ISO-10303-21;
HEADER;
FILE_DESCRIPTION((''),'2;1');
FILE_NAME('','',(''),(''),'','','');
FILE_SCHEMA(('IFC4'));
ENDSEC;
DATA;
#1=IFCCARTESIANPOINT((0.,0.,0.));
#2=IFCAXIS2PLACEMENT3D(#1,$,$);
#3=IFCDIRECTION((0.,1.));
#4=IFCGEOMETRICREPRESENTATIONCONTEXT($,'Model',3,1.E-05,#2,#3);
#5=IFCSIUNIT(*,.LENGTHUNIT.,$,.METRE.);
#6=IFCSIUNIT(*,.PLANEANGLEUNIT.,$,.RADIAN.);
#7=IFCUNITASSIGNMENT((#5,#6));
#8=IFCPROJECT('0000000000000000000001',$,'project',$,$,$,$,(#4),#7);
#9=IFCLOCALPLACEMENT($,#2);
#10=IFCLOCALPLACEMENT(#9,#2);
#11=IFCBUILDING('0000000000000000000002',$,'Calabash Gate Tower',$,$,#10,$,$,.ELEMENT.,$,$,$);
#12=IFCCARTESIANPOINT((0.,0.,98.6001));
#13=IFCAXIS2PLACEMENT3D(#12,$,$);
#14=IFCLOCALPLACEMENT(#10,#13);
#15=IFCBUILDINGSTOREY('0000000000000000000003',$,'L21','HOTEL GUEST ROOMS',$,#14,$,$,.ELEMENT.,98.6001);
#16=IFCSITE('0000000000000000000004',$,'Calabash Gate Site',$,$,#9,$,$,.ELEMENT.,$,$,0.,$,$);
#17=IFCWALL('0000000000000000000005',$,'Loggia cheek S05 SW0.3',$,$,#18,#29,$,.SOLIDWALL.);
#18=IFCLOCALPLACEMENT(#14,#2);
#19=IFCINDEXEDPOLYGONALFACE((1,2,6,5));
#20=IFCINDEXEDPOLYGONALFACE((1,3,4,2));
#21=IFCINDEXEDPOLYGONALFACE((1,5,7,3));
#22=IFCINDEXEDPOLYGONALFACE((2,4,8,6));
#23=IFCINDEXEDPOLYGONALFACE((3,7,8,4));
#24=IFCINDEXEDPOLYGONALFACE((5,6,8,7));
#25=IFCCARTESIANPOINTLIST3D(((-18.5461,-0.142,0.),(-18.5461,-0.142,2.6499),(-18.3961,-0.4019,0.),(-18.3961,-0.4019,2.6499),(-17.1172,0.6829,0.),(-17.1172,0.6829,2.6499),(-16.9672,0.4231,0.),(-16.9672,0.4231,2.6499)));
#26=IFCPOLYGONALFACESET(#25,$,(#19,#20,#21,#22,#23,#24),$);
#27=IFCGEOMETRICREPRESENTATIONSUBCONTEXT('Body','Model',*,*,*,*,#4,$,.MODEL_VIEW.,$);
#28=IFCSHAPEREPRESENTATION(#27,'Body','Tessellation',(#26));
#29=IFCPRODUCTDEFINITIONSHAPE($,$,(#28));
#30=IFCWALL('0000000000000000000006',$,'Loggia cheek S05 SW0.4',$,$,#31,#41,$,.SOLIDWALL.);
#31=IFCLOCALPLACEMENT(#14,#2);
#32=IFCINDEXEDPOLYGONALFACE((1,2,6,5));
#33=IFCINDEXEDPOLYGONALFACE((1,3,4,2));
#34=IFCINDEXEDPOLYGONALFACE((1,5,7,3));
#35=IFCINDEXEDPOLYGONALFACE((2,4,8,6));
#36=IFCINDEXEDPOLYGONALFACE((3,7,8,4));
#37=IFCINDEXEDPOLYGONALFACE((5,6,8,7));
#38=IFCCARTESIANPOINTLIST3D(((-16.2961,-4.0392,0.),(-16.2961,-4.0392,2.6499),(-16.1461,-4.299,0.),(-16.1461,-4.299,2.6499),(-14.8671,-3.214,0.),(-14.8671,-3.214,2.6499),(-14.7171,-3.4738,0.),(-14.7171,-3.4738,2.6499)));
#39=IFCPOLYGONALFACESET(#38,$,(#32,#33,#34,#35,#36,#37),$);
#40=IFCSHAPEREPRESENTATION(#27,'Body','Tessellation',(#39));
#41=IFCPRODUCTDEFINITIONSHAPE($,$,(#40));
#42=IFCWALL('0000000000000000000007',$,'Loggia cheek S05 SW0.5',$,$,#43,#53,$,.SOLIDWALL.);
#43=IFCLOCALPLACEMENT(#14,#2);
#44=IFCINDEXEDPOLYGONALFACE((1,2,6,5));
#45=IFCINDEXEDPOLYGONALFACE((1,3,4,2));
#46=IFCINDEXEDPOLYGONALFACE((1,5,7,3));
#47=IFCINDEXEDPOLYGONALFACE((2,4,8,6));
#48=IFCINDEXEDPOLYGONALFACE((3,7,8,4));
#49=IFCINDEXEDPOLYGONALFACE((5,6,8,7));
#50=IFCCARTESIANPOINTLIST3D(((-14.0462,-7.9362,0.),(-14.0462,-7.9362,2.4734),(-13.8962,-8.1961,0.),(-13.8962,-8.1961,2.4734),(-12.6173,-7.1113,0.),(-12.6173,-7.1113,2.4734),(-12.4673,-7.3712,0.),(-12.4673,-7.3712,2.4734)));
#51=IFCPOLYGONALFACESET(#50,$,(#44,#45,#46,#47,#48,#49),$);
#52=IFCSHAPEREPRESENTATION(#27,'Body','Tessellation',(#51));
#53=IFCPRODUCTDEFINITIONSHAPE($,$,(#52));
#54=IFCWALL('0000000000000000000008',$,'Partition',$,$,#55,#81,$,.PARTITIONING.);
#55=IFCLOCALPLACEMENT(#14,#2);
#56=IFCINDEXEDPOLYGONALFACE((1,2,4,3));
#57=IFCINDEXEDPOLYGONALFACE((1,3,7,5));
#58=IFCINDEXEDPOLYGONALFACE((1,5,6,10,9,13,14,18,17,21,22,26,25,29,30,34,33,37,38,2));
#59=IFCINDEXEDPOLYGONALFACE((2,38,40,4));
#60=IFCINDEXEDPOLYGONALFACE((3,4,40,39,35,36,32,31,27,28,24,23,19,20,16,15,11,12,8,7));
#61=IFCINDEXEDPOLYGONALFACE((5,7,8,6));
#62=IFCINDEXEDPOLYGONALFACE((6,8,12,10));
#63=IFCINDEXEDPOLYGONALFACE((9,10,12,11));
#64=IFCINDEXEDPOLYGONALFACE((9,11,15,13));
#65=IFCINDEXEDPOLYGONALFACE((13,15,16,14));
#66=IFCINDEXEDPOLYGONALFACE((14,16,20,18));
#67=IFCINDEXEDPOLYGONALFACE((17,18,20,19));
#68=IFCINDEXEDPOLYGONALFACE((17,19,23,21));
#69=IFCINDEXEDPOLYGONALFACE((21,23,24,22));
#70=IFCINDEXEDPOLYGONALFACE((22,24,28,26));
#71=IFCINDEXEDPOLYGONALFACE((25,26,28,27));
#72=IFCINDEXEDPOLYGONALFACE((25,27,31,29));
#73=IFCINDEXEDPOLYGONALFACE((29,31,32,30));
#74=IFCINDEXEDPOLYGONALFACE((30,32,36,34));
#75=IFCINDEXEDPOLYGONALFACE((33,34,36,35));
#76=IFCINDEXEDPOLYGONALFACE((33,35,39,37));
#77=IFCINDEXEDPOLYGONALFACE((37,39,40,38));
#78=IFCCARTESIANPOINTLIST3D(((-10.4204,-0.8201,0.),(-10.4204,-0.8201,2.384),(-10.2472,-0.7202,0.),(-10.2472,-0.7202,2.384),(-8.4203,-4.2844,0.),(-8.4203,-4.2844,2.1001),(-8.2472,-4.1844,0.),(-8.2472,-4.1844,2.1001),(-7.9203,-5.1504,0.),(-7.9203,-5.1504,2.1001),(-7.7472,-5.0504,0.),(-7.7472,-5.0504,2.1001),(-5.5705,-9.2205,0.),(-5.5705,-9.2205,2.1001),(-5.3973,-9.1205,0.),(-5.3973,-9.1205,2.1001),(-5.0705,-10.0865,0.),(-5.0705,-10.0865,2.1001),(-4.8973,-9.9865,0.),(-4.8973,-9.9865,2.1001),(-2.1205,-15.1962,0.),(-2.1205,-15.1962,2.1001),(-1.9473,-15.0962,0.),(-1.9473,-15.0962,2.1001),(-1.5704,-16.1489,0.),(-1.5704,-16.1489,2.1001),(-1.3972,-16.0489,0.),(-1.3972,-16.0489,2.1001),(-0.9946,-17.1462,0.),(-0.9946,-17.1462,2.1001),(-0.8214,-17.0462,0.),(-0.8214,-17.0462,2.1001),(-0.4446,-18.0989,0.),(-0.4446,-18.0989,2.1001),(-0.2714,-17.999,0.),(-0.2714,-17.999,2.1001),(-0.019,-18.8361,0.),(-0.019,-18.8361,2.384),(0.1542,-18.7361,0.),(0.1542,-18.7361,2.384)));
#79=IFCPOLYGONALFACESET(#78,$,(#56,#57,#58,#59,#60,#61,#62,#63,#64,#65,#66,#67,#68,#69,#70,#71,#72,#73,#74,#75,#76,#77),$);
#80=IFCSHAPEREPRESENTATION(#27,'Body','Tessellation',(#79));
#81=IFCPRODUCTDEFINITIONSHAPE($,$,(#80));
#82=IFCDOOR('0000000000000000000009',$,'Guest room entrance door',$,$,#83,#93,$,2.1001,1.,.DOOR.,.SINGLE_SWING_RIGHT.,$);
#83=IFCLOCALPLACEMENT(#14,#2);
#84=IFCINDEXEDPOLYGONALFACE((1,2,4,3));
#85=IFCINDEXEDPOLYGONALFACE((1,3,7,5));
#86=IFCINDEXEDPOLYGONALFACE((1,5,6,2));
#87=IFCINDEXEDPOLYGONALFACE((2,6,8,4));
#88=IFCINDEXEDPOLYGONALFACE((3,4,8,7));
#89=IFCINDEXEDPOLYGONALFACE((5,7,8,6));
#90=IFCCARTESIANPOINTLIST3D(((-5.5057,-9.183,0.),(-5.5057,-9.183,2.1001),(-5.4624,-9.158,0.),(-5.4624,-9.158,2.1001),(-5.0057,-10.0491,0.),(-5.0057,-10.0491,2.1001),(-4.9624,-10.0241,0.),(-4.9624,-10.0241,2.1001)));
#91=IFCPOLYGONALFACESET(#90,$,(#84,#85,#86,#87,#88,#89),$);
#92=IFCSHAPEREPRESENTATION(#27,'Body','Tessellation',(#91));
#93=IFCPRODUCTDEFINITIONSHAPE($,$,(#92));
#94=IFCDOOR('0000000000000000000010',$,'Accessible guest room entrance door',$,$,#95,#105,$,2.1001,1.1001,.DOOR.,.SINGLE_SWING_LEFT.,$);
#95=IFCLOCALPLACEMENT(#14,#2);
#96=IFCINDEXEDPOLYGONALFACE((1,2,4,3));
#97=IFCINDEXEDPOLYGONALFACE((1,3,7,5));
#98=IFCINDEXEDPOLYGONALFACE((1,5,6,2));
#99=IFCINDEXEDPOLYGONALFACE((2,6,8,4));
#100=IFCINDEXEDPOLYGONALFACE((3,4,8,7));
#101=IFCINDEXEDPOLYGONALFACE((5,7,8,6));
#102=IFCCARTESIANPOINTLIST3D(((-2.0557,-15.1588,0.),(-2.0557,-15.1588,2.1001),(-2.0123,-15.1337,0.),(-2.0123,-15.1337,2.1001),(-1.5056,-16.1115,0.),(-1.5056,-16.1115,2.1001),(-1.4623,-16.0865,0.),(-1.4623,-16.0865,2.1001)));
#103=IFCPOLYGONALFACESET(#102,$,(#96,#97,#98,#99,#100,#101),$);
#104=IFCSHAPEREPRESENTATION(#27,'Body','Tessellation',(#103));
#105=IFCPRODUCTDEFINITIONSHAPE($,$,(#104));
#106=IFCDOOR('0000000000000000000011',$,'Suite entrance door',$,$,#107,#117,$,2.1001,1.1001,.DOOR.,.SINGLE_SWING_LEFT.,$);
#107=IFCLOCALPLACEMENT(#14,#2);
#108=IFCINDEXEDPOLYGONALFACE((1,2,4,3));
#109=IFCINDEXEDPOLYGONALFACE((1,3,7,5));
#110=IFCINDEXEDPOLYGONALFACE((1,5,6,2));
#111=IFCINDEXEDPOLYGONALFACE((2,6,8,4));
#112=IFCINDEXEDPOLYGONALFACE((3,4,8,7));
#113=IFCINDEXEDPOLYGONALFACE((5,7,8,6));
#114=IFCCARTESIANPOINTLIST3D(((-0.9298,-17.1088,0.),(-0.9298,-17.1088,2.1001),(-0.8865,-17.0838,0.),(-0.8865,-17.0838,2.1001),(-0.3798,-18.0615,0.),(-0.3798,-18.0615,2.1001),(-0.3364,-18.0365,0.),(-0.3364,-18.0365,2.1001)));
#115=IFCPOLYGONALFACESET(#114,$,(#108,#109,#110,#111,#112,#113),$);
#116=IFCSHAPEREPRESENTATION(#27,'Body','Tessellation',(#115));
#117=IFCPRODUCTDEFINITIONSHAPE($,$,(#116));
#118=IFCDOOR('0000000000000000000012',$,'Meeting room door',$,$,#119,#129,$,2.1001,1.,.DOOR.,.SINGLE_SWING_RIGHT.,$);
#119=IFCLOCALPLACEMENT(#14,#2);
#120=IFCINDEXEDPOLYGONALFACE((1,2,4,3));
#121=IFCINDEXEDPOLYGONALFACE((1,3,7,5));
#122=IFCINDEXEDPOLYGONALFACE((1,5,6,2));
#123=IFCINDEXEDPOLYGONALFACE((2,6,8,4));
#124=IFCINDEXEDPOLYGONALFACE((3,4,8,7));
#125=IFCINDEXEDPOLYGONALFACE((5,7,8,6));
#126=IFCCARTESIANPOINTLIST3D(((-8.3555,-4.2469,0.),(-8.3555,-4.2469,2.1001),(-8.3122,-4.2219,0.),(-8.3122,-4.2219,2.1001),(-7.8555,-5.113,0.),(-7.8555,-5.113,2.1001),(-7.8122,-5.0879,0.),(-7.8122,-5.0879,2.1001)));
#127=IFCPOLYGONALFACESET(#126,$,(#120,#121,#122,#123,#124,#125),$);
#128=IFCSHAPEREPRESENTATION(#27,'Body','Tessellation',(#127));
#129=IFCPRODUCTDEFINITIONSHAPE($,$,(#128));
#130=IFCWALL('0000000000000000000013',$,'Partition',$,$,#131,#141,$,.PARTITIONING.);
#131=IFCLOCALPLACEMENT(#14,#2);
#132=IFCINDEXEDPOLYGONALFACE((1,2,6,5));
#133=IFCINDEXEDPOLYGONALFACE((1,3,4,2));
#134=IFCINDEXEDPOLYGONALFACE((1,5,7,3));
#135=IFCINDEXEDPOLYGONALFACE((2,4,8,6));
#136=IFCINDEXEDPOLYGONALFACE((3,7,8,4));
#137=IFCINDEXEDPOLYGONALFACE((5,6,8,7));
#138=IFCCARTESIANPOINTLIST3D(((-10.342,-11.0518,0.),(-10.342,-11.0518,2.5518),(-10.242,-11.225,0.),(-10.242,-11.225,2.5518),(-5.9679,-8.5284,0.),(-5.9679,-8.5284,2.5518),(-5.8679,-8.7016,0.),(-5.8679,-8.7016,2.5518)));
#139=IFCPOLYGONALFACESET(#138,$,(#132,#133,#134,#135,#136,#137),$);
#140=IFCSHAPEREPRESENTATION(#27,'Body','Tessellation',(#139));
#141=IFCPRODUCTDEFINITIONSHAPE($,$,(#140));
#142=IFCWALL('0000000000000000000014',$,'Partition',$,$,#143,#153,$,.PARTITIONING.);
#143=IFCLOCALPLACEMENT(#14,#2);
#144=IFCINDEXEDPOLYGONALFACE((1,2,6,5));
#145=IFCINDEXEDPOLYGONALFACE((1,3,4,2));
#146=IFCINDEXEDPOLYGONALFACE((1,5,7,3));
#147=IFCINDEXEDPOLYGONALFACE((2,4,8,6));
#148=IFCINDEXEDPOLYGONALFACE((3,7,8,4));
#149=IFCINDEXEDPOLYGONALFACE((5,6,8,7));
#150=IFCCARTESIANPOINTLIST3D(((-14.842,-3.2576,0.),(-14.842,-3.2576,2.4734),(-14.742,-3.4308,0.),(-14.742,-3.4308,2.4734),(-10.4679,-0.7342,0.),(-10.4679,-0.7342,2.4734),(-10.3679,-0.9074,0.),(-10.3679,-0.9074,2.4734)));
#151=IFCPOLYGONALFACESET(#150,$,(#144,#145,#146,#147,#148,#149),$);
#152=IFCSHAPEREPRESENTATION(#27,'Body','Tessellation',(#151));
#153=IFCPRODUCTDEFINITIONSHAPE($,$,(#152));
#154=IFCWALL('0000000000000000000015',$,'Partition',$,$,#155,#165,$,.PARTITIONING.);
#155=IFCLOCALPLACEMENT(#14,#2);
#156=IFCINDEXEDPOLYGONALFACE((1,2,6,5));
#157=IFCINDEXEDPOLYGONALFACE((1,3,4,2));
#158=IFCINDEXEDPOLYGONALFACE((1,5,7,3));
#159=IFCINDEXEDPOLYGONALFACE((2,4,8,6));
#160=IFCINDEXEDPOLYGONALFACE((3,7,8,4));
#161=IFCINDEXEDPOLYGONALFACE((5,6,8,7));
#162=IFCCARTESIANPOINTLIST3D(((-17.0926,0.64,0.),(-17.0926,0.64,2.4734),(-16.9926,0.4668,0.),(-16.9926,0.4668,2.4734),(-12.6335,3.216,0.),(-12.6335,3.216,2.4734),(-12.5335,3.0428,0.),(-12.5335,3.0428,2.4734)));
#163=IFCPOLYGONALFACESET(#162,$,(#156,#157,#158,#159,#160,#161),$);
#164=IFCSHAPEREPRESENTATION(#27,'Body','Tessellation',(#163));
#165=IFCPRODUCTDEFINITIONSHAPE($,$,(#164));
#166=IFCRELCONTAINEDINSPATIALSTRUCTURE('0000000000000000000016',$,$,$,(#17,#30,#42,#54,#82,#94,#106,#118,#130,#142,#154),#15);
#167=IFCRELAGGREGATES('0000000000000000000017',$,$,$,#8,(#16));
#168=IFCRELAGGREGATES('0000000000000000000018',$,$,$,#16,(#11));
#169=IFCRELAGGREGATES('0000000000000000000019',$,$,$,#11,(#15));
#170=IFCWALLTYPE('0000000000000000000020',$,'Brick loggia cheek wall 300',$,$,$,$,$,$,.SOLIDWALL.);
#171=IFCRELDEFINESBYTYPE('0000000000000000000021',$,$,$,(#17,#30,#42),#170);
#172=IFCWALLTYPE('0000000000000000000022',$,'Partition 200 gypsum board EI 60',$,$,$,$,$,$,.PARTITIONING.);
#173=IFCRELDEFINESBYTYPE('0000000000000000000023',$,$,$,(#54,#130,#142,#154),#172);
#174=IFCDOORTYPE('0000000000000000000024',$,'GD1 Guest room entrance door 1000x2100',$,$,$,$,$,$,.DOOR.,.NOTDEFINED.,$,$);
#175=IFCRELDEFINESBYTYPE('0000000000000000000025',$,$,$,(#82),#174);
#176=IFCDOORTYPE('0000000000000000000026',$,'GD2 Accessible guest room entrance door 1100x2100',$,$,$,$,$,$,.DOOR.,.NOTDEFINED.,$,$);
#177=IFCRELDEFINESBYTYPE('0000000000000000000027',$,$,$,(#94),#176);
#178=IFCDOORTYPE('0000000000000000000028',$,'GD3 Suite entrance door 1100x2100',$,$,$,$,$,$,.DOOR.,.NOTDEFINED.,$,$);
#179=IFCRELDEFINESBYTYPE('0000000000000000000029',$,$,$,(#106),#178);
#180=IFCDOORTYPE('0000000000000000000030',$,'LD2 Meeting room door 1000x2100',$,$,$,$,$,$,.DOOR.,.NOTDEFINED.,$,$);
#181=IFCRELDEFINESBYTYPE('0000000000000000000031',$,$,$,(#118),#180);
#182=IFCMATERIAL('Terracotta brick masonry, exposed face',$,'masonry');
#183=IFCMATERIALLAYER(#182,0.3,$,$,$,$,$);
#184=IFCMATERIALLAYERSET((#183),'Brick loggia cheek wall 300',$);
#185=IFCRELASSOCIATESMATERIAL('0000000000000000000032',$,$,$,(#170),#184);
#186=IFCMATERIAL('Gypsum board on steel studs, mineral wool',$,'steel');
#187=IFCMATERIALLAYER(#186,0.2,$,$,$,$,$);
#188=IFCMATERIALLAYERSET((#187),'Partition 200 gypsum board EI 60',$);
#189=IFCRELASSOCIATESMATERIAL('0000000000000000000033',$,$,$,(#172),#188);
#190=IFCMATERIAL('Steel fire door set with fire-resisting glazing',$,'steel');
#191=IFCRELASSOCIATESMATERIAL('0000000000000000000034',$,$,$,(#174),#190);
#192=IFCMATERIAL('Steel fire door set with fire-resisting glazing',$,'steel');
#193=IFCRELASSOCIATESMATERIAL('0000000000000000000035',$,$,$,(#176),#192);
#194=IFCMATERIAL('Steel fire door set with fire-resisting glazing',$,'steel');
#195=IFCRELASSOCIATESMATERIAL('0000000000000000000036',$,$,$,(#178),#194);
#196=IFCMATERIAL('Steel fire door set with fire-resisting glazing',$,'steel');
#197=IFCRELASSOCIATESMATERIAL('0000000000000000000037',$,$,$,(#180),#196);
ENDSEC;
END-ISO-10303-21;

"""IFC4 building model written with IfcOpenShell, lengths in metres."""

from ifc_helpers import new_model, si_unit, direction, frame, frame_2d, origin, place, context, subcontext, project, spatial, rectangle, extrude, material, layer, layer_set, type_object, element, fill, save


model = new_model("IFC4")

# Units and contexts
model_context = context("Model", 3, precision=1e-05, world=origin(), true_north=direction((0.0, 1.0)))
body_context = subcontext(model_context, "Body", "Model", "MODEL_VIEW")
ifc_project = project(units=[si_unit("LENGTHUNIT", "METRE"), si_unit("PLANEANGLEUNIT", "RADIAN")], contexts=[model_context])

# Site, building, storey
site_placement = place(None, origin())
site = spatial("IfcSite", under=ifc_project, at=site_placement, Name="Calabash Gate Site", CompositionType="ELEMENT", RefElevation=0.0)
building_placement = place(site_placement, origin())
building = spatial("IfcBuilding", under=site, at=building_placement, Name="Calabash Gate Tower", CompositionType="ELEMENT")
storey_placement = place(building_placement, frame((0.0, 0.0, 98.6001)))
storey = spatial("IfcBuildingStorey", under=building, at=storey_placement, Name="L21", Description="HOTEL GUEST ROOMS", CompositionType="ELEMENT", Elevation=98.6001)

# Walls
ifc_material_1 = material(Name="Terracotta brick masonry, exposed face", Category="masonry")
ifc_layer_1 = layer(ifc_material_1, 0.3)
ifc_layer_set_1 = layer_set([ifc_layer_1], Name="Brick loggia cheek wall 300")
wall_type_1 = type_object("IfcWallType", Name="Brick loggia cheek wall 300", PredefinedType="SOLIDWALL", material=ifc_layer_set_1)
wall_1_placement = place(storey_placement, frame((-17.0422, 0.553, 0.0), z_axis=(0.0, 0.0, 1.0), x_axis=(-0.86604, -0.499974, 0.0)))
element("IfcWall", 1, at=wall_1_placement, inside=storey, type_object=wall_type_1, Name="Loggia cheek S05 SW0.3", PredefinedType="SOLIDWALL", context=body_context, shape_type="SweptSolid", body=[
    extrude(rectangle(XDim=1.6499, YDim=0.3, at=frame_2d((0.825, 0.0))), origin(), (0.0, 0.0, 1.0), 2.6499),
])
wall_2_placement = place(storey_placement, frame((-16.2212, -4.1692, 0.0), z_axis=(0.0, 0.0, 1.0), x_axis=(0.865976, 0.500085, 0.0)))
element("IfcWall", 2, at=wall_2_placement, inside=storey, type_object=wall_type_1, Name="Loggia cheek S05 SW0.4", PredefinedType="SOLIDWALL", context=body_context, shape_type="SweptSolid", body=[
    extrude(rectangle(XDim=1.6501, YDim=0.3, at=frame_2d((0.8252, 0.0))), origin(), (0.0, 0.0, 1.0), 2.6499),
])
wall_3_placement = place(storey_placement, frame((-13.9712, -8.0662, 0.0), z_axis=(0.0, 0.0, 1.0), x_axis=(0.86604, 0.499974, 0.0)))
element("IfcWall", 3, at=wall_3_placement, inside=storey, type_object=wall_type_1, Name="Loggia cheek S05 SW0.5", PredefinedType="SOLIDWALL", context=body_context, shape_type="SweptSolid", body=[
    extrude(rectangle(XDim=1.6499, YDim=0.3, at=frame_2d((0.825, 0.0))), origin(), (0.0, 0.0, 1.0), 2.4734),
])

# Wall, openings, doors
ifc_material_2 = material(Name="Gypsum board on steel studs, mineral wool", Category="steel")
ifc_layer_2 = layer(ifc_material_2, 0.2)
ifc_layer_set_2 = layer_set([ifc_layer_2], Name="Partition 200 gypsum board EI 60")
wall_type_2 = type_object("IfcWallType", Name="Partition 200 gypsum board EI 60", PredefinedType="PARTITIONING", material=ifc_layer_set_2)
wall_4_placement = place(storey_placement, frame((-10.3337, -0.7703, 0.0), z_axis=(0.0, 0.0, 1.0), x_axis=(0.499996, -0.866027, 0.0)))
wall_4 = element("IfcWall", 4, at=wall_4_placement, inside=storey, type_object=wall_type_2, Name="Partition", PredefinedType="PARTITIONING", context=body_context, shape_type="SweptSolid", body=[
    extrude(rectangle(XDim=20.803, YDim=0.2, at=frame_2d((10.4014, 0.0))), origin(), (0.0, 0.0, 1.0), 2.384),
])
opening_1_placement = place(wall_4_placement, frame((4.0, 0.0, 0.0)))
opening_1 = element("IfcOpeningElement", 5, at=opening_1_placement, cuts=wall_4, PredefinedType="OPENING", context=body_context, shape_type="SweptSolid", body=[
    extrude(rectangle(XDim=1.0, YDim=2.1001, at=frame_2d((0.5, 1.05))), frame((0.0, 0.1099, 0.0), z_axis=(0.0, -1.0, 0.0), x_axis=(1.0, 0.0, 0.0)), (0.0, 0.0, 1.0), 0.22),
])
opening_2_placement = place(wall_4_placement, frame((9.6997, 0.0, 0.0)))
opening_2 = element("IfcOpeningElement", 6, at=opening_2_placement, cuts=wall_4, PredefinedType="OPENING", context=body_context, shape_type="SweptSolid", body=[
    extrude(rectangle(XDim=1.0, YDim=2.1001, at=frame_2d((0.5, 1.05))), frame((0.0, 0.1099, 0.0), z_axis=(0.0, -1.0, 0.0), x_axis=(1.0, 0.0, 0.0)), (0.0, 0.0, 1.0), 0.22),
])
opening_3_placement = place(wall_4_placement, frame((16.5999, 0.0, 0.0)))
opening_3 = element("IfcOpeningElement", 7, at=opening_3_placement, cuts=wall_4, PredefinedType="OPENING", context=body_context, shape_type="SweptSolid", body=[
    extrude(rectangle(XDim=1.1001, YDim=2.1001, at=frame_2d((0.55, 1.05))), frame((0.0, 0.1099, 0.0), z_axis=(0.0, -1.0, 0.0), x_axis=(1.0, 0.0, 0.0)), (0.0, 0.0, 1.0), 0.22),
])
opening_4_placement = place(wall_4_placement, frame((18.8516, 0.0, 0.0)))
opening_4 = element("IfcOpeningElement", 8, at=opening_4_placement, cuts=wall_4, PredefinedType="OPENING", context=body_context, shape_type="SweptSolid", body=[
    extrude(rectangle(XDim=1.1001, YDim=2.1001, at=frame_2d((0.55, 1.05))), frame((0.0, 0.1099, 0.0), z_axis=(0.0, -1.0, 0.0), x_axis=(1.0, 0.0, 0.0)), (0.0, 0.0, 1.0), 0.22),
])
ifc_material_3 = material(Name="Steel fire door set with fire-resisting glazing", Category="steel")
door_type_1 = type_object("IfcDoorType", Name="GD1 Guest room entrance door 1000x2100", OperationType="NOTDEFINED", PredefinedType="DOOR", material=ifc_material_3)
door_1_placement = place(opening_2_placement, origin())
door_1 = element("IfcDoor", 9, at=door_1_placement, inside=storey, type_object=door_type_1, Name="Guest room entrance door", OperationType="SINGLE_SWING_RIGHT", OverallHeight=2.1001, OverallWidth=1.0, PredefinedType="DOOR", context=body_context, shape_type="SweptSolid", body=[
    extrude(rectangle(XDim=1.0, YDim=2.1001, at=frame_2d((0.5, 1.05))), frame((0.0, 0.0249, 0.0), z_axis=(0.0, -1.0, 0.0), x_axis=(1.0, 0.0, 0.0)), (0.0, 0.0, 1.0), 0.05),
])
fill(opening_2, door_1)
ifc_material_4 = material(Name="Steel fire door set with fire-resisting glazing", Category="steel")
door_type_2 = type_object("IfcDoorType", Name="GD2 Accessible guest room entrance door 1100x2100", OperationType="NOTDEFINED", PredefinedType="DOOR", material=ifc_material_4)
door_2_placement = place(opening_3_placement, origin())
door_2 = element("IfcDoor", 10, at=door_2_placement, inside=storey, type_object=door_type_2, Name="Accessible guest room entrance door", OperationType="SINGLE_SWING_LEFT", OverallHeight=2.1001, OverallWidth=1.1001, PredefinedType="DOOR", context=body_context, shape_type="SweptSolid", body=[
    extrude(rectangle(XDim=1.1001, YDim=2.1001, at=frame_2d((0.55, 1.05))), frame((0.0, 0.0249, 0.0), z_axis=(0.0, -1.0, 0.0), x_axis=(1.0, 0.0, 0.0)), (0.0, 0.0, 1.0), 0.05),
])
fill(opening_3, door_2)
ifc_material_5 = material(Name="Steel fire door set with fire-resisting glazing", Category="steel")
door_type_3 = type_object("IfcDoorType", Name="GD3 Suite entrance door 1100x2100", OperationType="NOTDEFINED", PredefinedType="DOOR", material=ifc_material_5)
door_3_placement = place(opening_4_placement, origin())
door_3 = element("IfcDoor", 11, at=door_3_placement, inside=storey, type_object=door_type_3, Name="Suite entrance door", OperationType="SINGLE_SWING_LEFT", OverallHeight=2.1001, OverallWidth=1.1001, PredefinedType="DOOR", context=body_context, shape_type="SweptSolid", body=[
    extrude(rectangle(XDim=1.1001, YDim=2.1001, at=frame_2d((0.55, 1.05))), frame((0.0, 0.0249, 0.0), z_axis=(0.0, -1.0, 0.0), x_axis=(1.0, 0.0, 0.0)), (0.0, 0.0, 1.0), 0.05),
])
fill(opening_4, door_3)
ifc_material_6 = material(Name="Steel fire door set with fire-resisting glazing", Category="steel")
door_type_4 = type_object("IfcDoorType", Name="LD2 Meeting room door 1000x2100", OperationType="NOTDEFINED", PredefinedType="DOOR", material=ifc_material_6)
door_4_placement = place(opening_1_placement, origin())
door_4 = element("IfcDoor", 12, at=door_4_placement, inside=storey, type_object=door_type_4, Name="Meeting room door", OperationType="SINGLE_SWING_RIGHT", OverallHeight=2.1001, OverallWidth=1.0, PredefinedType="DOOR", context=body_context, shape_type="SweptSolid", body=[
    extrude(rectangle(XDim=1.0, YDim=2.1001, at=frame_2d((0.5, 1.05))), frame((0.0, 0.0249, 0.0), z_axis=(0.0, -1.0, 0.0), x_axis=(1.0, 0.0, 0.0)), (0.0, 0.0, 1.0), 0.05),
])
fill(opening_1, door_4)

# Walls
wall_5_placement = place(storey_placement, frame((-10.292, -11.1384, 0.0), z_axis=(0.0, 0.0, 1.0), x_axis=(0.866189, 0.499717, 0.0)))
element("IfcWall", 13, at=wall_5_placement, inside=storey, type_object=wall_type_2, Name="Partition", PredefinedType="PARTITIONING", context=body_context, shape_type="SweptSolid", body=[
    extrude(rectangle(XDim=5.0498, YDim=0.2, at=frame_2d((2.5249, 0.0))), origin(), (0.0, 0.0, 1.0), 2.5518),
])
wall_6_placement = place(storey_placement, frame((-14.792, -3.3442, 0.0), z_axis=(0.0, 0.0, 1.0), x_axis=(0.866189, 0.499717, 0.0)))
element("IfcWall", 14, at=wall_6_placement, inside=storey, type_object=wall_type_2, Name="Partition", PredefinedType="PARTITIONING", context=body_context, shape_type="SweptSolid", body=[
    extrude(rectangle(XDim=5.0498, YDim=0.2, at=frame_2d((2.5249, 0.0))), origin(), (0.0, 0.0, 1.0), 2.4734),
])
wall_7_placement = place(storey_placement, frame((-17.0425, 0.5535, 0.0), z_axis=(0.0, 0.0, 1.0), x_axis=(0.865897, 0.500223, 0.0)))
element("IfcWall", 15, at=wall_7_placement, inside=storey, type_object=wall_type_2, Name="Partition", PredefinedType="PARTITIONING", context=body_context, shape_type="SweptSolid", body=[
    extrude(rectangle(XDim=5.1497, YDim=0.2, at=frame_2d((2.5747, 0.0))), origin(), (0.0, 0.0, 1.0), 2.4734),
])

save(model, "model.ifc")
